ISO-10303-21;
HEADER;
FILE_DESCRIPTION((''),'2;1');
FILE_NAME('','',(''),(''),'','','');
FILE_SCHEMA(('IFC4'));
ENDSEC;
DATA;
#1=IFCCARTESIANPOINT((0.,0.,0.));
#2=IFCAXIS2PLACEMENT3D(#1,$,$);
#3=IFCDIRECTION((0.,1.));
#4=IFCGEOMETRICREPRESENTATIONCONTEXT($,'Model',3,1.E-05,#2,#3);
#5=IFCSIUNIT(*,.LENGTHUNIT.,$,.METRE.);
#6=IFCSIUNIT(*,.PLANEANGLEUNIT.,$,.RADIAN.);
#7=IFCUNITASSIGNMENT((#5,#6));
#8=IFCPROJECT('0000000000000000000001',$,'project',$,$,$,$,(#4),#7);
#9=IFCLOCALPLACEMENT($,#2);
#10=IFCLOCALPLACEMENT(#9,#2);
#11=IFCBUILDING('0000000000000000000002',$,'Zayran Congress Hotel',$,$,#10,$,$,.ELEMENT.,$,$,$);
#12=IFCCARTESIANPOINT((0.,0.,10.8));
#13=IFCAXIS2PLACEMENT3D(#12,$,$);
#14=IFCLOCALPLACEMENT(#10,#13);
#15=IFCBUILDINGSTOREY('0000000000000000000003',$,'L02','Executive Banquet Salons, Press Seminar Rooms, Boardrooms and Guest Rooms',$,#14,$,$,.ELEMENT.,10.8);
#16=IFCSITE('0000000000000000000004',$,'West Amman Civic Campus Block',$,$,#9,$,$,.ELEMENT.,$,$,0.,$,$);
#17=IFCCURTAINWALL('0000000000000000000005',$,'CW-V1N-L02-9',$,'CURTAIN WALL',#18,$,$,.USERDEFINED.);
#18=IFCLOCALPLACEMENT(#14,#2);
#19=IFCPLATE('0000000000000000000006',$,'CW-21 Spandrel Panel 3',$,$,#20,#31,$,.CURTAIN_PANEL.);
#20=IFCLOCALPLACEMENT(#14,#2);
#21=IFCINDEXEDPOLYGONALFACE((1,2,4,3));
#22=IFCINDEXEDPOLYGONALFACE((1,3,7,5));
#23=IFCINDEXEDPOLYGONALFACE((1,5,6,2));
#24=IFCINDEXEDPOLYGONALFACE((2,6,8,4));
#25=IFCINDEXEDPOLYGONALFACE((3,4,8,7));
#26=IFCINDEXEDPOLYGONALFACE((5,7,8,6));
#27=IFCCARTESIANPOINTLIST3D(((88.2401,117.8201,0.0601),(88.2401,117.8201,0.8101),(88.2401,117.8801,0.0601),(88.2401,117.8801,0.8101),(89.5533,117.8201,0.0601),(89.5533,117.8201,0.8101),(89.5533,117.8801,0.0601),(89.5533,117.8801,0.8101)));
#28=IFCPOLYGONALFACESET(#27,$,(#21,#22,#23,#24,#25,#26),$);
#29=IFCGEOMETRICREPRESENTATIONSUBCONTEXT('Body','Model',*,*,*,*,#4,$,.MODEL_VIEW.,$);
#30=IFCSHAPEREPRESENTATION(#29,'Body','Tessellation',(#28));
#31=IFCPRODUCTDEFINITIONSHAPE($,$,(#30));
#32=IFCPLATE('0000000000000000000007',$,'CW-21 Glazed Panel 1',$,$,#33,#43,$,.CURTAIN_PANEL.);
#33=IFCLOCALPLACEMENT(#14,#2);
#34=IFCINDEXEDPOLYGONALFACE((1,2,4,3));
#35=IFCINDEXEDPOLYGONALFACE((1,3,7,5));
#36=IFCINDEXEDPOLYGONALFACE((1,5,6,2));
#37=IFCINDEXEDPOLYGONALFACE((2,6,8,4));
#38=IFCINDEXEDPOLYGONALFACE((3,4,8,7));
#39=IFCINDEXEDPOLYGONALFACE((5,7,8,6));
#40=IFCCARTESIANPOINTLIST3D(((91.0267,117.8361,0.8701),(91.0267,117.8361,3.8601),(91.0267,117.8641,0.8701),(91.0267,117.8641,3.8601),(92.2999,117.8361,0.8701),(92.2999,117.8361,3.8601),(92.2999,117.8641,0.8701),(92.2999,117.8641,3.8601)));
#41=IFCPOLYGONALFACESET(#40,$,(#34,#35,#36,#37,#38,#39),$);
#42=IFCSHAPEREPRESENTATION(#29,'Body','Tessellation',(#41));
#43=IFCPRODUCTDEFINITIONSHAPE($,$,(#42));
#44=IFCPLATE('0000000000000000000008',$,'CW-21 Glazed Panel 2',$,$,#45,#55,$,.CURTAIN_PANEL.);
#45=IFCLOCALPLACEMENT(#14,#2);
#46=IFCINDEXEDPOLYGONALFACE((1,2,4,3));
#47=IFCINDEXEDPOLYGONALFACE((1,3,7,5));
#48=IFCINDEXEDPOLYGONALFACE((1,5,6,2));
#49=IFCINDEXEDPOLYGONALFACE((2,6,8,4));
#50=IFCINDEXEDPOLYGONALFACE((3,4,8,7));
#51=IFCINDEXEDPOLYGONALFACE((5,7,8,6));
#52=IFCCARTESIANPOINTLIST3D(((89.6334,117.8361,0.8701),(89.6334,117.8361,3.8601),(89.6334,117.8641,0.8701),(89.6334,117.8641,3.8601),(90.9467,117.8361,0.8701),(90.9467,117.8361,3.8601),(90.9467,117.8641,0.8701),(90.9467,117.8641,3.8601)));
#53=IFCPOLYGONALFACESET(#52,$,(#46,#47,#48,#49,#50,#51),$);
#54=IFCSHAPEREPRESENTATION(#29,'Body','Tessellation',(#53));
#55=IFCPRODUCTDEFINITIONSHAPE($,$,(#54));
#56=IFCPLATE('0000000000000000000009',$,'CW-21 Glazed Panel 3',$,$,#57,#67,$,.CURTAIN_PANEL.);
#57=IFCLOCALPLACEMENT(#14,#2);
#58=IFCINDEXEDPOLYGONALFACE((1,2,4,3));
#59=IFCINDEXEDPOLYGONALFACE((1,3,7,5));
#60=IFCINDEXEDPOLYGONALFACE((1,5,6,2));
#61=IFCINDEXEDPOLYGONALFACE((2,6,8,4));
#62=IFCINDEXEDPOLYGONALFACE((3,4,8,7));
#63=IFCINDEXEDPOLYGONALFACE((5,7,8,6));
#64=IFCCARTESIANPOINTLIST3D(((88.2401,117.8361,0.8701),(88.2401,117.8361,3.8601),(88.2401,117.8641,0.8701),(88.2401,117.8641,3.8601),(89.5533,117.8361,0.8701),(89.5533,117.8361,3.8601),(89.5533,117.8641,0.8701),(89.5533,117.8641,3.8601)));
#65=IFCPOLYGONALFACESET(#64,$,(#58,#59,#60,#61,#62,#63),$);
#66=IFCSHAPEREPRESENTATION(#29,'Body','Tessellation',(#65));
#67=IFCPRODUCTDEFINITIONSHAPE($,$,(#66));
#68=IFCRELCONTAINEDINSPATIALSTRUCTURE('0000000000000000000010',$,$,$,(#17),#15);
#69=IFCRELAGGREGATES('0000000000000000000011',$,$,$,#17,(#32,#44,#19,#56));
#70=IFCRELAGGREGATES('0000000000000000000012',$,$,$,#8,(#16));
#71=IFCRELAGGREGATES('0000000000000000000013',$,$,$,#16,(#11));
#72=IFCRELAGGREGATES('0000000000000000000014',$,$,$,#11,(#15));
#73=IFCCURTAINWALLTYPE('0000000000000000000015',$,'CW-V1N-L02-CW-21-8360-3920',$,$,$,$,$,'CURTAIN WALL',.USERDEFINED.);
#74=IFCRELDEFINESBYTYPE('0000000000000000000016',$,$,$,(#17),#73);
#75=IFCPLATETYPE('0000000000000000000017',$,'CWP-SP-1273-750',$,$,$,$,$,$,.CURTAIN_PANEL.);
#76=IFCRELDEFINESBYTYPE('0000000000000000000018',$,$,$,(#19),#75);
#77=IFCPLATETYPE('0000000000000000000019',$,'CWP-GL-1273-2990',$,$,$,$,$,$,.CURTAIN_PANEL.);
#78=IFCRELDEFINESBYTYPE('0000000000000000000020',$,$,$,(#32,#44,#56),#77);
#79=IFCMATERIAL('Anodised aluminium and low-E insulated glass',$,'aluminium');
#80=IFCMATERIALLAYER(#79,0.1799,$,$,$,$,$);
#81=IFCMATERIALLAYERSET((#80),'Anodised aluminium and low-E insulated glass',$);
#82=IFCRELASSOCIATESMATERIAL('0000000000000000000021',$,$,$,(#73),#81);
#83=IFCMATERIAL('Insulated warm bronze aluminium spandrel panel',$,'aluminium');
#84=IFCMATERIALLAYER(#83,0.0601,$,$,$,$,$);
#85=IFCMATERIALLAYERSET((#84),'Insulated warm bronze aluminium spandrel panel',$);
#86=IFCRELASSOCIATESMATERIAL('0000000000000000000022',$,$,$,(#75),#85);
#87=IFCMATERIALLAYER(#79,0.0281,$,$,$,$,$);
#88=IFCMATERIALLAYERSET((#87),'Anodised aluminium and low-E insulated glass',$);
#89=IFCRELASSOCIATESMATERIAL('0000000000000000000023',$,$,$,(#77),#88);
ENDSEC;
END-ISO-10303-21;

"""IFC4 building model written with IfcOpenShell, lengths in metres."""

from ifc_helpers import new_model, si_unit, direction, frame, origin, origin_2d, place, context, subcontext, project, spatial, rectangle, extrude, material, layer, layer_set, type_object, element, aggregate, save


model = new_model("IFC4")

# Units and contexts
model_context = context("Model", 3, precision=1e-05, world=origin(), true_north=direction((0.0, 1.0)))
body_context = subcontext(model_context, "Body", "Model", "MODEL_VIEW")
ifc_project = project(units=[si_unit("LENGTHUNIT", "METRE"), si_unit("PLANEANGLEUNIT", "RADIAN")], contexts=[model_context])

# Site, building, storey
site_placement = place(None, origin())
site = spatial("IfcSite", under=ifc_project, at=site_placement, Name="West Amman Civic Campus Block", CompositionType="ELEMENT", RefElevation=0.0)
building_placement = place(site_placement, origin())
building = spatial("IfcBuilding", under=site, at=building_placement, Name="Zayran Congress Hotel", CompositionType="ELEMENT")
storey_placement = place(building_placement, frame((0.0, 0.0, 10.8)))
storey = spatial("IfcBuildingStorey", under=building, at=storey_placement, Name="L02", Description="Executive Banquet Salons, Press Seminar Rooms, Boardrooms and Guest Rooms", CompositionType="ELEMENT", Elevation=10.8)

# Curtain wall, plates
ifc_material_1 = material(Name="Anodised aluminium and low-E insulated glass", Category="aluminium")
ifc_layer_1 = layer(ifc_material_1, 0.1799)
ifc_layer_set_1 = layer_set([ifc_layer_1], Name="Anodised aluminium and low-E insulated glass")
curtain_wall_type = type_object("IfcCurtainWallType", Name="CW-V1N-L02-CW-21-8360-3920", ElementType="CURTAIN WALL", PredefinedType="USERDEFINED", material=ifc_layer_set_1)
curtain_wall_placement = place(storey_placement, origin())
curtain_wall = element("IfcCurtainWall", 1, at=curtain_wall_placement, inside=storey, type_object=curtain_wall_type, Name="CW-V1N-L02-9", ObjectType="CURTAIN WALL", PredefinedType="USERDEFINED")
ifc_material_2 = material(Name="Insulated warm bronze aluminium spandrel panel", Category="aluminium")
ifc_layer_2 = layer(ifc_material_2, 0.0601)
ifc_layer_set_2 = layer_set([ifc_layer_2], Name="Insulated warm bronze aluminium spandrel panel")
plate_type_1 = type_object("IfcPlateType", Name="CWP-SP-1273-750", PredefinedType="CURTAIN_PANEL", material=ifc_layer_set_2)
plate_1_placement = place(storey_placement, frame((88.8967, 117.8501, 0.0601), z_axis=(0.0, 0.0, 1.0), x_axis=(1.0, 0.0, 0.0)))
plate_1 = element("IfcPlate", 2, at=plate_1_placement, type_object=plate_type_1, Name="CW-21 Spandrel Panel 3", PredefinedType="CURTAIN_PANEL", context=body_context, shape_type="SweptSolid", body=[
    extrude(rectangle(XDim=1.3132, YDim=0.0601, at=origin_2d()), origin(), (0.0, 0.0, 1.0), 0.75),
])
ifc_layer_3 = layer(ifc_material_1, 0.0281)
ifc_layer_set_3 = layer_set([ifc_layer_3], Name="Anodised aluminium and low-E insulated glass")
plate_type_2 = type_object("IfcPlateType", Name="CWP-GL-1273-2990", PredefinedType="CURTAIN_PANEL", material=ifc_layer_set_3)
plate_2_placement = place(storey_placement, frame((91.6633, 117.8501, 0.8701), z_axis=(0.0, 0.0, 1.0), x_axis=(1.0, 0.0, 0.0)))
plate_2 = element("IfcPlate", 3, at=plate_2_placement, type_object=plate_type_2, Name="CW-21 Glazed Panel 1", PredefinedType="CURTAIN_PANEL", context=body_context, shape_type="SweptSolid", body=[
    extrude(rectangle(XDim=1.2732, YDim=0.0281, at=origin_2d()), origin(), (0.0, 0.0, 1.0), 2.99),
])
plate_3_placement = place(storey_placement, frame((90.29, 117.8501, 0.8701), z_axis=(0.0, 0.0, 1.0), x_axis=(1.0, 0.0, 0.0)))
plate_3 = element("IfcPlate", 4, at=plate_3_placement, type_object=plate_type_2, Name="CW-21 Glazed Panel 2", PredefinedType="CURTAIN_PANEL", context=body_context, shape_type="SweptSolid", body=[
    extrude(rectangle(XDim=1.3132, YDim=0.0281, at=origin_2d()), origin(), (0.0, 0.0, 1.0), 2.99),
])
plate_4_placement = place(storey_placement, frame((88.8967, 117.8501, 0.8701), z_axis=(0.0, 0.0, 1.0), x_axis=(1.0, 0.0, 0.0)))
plate_4 = element("IfcPlate", 5, at=plate_4_placement, type_object=plate_type_2, Name="CW-21 Glazed Panel 3", PredefinedType="CURTAIN_PANEL", context=body_context, shape_type="SweptSolid", body=[
    extrude(rectangle(XDim=1.3132, YDim=0.0281, at=origin_2d()), origin(), (0.0, 0.0, 1.0), 2.99),
])
aggregate(curtain_wall, [plate_2, plate_3, plate_1, plate_4])

save(model, "model.ifc")
